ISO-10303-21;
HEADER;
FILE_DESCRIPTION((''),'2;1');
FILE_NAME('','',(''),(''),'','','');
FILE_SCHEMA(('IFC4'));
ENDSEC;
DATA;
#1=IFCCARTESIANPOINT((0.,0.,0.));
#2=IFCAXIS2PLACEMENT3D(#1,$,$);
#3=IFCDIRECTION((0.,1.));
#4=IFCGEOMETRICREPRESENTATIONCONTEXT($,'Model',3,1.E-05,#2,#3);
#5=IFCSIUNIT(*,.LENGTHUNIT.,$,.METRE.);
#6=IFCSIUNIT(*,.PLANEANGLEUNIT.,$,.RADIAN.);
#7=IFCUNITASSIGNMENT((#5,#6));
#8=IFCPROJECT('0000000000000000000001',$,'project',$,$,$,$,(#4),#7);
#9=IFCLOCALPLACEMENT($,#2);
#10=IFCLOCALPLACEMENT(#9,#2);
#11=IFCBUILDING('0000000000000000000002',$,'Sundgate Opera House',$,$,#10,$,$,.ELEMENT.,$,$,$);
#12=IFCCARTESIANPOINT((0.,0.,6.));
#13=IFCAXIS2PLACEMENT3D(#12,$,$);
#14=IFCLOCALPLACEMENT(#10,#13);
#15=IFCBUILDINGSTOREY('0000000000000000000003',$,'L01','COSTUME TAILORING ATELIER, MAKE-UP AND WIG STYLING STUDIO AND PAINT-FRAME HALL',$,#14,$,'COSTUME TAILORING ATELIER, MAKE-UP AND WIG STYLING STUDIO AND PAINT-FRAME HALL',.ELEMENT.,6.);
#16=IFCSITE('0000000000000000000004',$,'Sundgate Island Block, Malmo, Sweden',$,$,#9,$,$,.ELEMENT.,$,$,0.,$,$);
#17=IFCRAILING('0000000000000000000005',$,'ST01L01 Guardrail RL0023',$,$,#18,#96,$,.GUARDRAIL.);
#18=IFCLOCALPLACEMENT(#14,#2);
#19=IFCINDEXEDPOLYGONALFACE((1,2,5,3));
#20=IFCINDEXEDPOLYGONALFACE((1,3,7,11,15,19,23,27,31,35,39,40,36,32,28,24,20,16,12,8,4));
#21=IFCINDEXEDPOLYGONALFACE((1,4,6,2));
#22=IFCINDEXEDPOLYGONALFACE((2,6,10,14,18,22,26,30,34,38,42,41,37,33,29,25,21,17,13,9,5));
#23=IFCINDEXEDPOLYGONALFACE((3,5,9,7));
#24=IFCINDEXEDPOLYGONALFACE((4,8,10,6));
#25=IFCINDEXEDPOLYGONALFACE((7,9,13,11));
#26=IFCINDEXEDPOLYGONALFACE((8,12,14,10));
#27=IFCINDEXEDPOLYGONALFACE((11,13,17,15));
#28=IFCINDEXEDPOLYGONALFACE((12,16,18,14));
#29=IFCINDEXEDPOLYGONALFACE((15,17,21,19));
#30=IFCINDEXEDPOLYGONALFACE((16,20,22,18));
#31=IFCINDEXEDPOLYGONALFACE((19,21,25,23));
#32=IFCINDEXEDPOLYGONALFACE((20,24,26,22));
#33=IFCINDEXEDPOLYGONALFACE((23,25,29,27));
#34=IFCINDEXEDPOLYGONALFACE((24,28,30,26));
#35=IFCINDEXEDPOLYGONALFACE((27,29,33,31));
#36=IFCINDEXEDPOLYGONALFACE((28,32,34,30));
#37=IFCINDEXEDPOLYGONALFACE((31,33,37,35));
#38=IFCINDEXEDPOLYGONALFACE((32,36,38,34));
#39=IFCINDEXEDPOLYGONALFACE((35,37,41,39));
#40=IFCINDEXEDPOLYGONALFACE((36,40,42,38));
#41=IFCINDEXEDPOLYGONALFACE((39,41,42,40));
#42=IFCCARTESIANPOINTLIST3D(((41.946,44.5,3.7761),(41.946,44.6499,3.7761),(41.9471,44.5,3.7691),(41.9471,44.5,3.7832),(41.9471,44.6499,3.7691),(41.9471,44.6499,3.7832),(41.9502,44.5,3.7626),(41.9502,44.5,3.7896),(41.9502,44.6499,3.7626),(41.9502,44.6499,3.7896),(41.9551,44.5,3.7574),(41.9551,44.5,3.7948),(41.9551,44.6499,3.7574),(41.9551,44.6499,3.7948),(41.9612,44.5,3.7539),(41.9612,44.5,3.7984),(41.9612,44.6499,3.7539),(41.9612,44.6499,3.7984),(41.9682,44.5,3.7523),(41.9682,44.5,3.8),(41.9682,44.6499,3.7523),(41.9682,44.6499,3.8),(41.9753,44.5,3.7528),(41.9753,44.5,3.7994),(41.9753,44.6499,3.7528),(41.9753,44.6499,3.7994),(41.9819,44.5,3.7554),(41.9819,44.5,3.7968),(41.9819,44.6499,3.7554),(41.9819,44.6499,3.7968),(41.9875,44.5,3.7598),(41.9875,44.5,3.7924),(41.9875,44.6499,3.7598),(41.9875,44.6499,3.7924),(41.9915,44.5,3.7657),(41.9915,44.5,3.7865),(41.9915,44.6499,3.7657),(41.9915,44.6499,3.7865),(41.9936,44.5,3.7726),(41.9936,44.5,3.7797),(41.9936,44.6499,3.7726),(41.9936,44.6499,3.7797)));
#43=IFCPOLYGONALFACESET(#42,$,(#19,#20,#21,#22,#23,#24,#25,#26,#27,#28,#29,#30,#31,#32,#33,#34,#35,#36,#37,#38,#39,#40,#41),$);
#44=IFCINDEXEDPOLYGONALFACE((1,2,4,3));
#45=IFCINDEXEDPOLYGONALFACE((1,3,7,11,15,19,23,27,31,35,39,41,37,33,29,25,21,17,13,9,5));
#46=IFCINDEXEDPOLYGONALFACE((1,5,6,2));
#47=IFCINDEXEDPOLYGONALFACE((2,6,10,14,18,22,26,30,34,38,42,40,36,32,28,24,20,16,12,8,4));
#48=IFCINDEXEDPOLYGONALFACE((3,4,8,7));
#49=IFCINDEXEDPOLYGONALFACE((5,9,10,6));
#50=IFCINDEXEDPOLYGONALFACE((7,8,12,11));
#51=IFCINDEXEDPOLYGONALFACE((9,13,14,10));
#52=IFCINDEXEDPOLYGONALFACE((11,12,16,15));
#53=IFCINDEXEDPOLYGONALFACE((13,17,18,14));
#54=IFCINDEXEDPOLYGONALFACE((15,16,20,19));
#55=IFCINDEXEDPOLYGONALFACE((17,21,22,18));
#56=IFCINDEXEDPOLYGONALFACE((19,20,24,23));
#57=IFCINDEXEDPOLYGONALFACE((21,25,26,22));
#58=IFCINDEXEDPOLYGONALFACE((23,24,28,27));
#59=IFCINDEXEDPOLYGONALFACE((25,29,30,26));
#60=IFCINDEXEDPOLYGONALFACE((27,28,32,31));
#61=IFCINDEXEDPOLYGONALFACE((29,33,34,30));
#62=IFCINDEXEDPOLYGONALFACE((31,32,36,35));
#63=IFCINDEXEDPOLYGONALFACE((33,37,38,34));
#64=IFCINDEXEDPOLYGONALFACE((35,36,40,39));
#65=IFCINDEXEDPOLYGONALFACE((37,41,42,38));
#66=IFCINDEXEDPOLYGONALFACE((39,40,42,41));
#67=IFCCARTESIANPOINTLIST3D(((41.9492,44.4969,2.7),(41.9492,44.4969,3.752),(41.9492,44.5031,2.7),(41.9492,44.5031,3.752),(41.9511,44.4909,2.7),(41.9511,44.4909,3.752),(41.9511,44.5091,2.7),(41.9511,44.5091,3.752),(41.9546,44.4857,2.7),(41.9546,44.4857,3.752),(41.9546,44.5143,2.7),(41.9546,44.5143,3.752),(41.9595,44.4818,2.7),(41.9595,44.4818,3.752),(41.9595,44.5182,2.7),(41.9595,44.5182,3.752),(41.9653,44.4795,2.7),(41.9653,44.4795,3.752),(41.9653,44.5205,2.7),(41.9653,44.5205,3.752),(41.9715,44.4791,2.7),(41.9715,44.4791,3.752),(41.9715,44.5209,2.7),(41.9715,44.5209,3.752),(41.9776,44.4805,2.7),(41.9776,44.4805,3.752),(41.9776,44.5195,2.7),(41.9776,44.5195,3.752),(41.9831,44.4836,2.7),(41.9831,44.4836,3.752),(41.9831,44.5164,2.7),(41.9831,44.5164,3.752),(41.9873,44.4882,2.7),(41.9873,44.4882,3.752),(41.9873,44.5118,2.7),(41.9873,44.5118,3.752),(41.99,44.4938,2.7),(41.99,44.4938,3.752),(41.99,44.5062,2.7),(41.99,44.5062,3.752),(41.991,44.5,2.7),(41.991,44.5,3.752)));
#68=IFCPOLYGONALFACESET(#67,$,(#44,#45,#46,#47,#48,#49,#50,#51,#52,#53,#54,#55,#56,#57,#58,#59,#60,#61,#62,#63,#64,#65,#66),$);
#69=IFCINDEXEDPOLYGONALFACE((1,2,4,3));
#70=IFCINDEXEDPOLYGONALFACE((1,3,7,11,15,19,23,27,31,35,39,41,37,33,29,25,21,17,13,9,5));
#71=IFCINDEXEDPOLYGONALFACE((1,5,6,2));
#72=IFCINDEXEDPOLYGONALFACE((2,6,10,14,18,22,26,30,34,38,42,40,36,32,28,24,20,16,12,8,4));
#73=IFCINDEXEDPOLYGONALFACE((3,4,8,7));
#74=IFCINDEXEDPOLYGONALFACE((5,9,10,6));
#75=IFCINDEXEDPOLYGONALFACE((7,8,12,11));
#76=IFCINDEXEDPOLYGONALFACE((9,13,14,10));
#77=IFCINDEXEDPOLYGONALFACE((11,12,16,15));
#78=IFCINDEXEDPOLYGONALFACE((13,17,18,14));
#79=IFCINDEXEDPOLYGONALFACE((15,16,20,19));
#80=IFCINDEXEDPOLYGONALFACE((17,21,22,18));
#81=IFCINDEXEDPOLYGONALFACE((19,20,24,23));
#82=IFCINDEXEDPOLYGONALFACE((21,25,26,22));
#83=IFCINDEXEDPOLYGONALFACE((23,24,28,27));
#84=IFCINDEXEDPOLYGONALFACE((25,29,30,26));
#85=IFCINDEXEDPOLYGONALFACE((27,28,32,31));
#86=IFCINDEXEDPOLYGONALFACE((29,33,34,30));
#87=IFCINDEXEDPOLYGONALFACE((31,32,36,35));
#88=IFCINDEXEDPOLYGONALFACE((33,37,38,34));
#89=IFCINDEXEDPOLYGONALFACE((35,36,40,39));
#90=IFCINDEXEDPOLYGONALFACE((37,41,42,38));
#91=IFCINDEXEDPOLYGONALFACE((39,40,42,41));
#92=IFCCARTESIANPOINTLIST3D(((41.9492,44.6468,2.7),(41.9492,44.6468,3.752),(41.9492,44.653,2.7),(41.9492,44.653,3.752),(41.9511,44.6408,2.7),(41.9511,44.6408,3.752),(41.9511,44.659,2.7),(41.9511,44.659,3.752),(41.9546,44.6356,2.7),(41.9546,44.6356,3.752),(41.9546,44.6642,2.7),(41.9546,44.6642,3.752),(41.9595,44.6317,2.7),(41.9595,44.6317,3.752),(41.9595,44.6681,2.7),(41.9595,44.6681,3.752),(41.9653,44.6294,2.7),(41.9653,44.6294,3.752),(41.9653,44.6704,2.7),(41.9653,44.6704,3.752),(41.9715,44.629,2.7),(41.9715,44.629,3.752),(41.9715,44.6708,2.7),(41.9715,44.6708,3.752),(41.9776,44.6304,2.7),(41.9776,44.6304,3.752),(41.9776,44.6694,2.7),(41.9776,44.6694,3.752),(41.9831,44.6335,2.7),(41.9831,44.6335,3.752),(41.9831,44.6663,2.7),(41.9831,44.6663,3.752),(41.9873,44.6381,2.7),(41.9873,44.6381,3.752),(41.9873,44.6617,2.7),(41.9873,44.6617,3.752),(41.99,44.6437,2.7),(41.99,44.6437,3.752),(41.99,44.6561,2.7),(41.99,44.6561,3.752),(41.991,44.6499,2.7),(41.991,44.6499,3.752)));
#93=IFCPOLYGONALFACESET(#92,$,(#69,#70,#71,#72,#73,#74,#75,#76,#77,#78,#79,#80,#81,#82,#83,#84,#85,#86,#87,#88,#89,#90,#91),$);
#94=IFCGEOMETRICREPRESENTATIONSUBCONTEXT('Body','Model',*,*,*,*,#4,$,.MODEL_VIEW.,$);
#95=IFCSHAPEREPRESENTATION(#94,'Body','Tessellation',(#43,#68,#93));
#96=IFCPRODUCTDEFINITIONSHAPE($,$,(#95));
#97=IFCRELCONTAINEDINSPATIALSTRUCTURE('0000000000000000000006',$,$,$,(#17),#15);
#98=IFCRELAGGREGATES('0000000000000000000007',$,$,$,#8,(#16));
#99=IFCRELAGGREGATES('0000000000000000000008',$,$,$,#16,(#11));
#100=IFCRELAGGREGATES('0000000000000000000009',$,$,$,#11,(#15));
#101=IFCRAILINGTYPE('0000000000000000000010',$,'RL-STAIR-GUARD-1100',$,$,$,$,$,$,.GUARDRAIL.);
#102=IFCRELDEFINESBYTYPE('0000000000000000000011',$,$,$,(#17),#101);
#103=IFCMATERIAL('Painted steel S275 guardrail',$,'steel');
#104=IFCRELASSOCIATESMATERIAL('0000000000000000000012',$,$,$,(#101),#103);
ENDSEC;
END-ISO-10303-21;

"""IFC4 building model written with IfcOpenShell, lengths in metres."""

from ifc_helpers import new_model, si_unit, direction, frame, origin, origin_2d, place, context, subcontext, project, spatial, circle, extrude, material, type_object, element, save


model = new_model("IFC4")

# Units and contexts
model_context = context("Model", 3, precision=1e-05, world=origin(), true_north=direction((0.0, 1.0)))
body_context = subcontext(model_context, "Body", "Model", "MODEL_VIEW")
ifc_project = project(units=[si_unit("LENGTHUNIT", "METRE"), si_unit("PLANEANGLEUNIT", "RADIAN")], contexts=[model_context])

# Site, building, storey
site_placement = place(None, origin())
site = spatial("IfcSite", under=ifc_project, at=site_placement, Name="Sundgate Island Block, Malmo, Sweden", CompositionType="ELEMENT", RefElevation=0.0)
building_placement = place(site_placement, origin())
building = spatial("IfcBuilding", under=site, at=building_placement, Name="Sundgate Opera House", CompositionType="ELEMENT")
storey_placement = place(building_placement, frame((0.0, 0.0, 6.0)))
storey = spatial("IfcBuildingStorey", under=building, at=storey_placement, Name="L01", Description="COSTUME TAILORING ATELIER, MAKE-UP AND WIG STYLING STUDIO AND PAINT-FRAME HALL", LongName="COSTUME TAILORING ATELIER, MAKE-UP AND WIG STYLING STUDIO AND PAINT-FRAME HALL", CompositionType="ELEMENT", Elevation=6.0)

# Railing
ifc_material_1 = material(Name="Painted steel S275 guardrail", Category="steel")
railing_type_1 = type_object("IfcRailingType", Name="RL-STAIR-GUARD-1100", PredefinedType="GUARDRAIL", material=ifc_material_1)
railing_1_placement = place(storey_placement, frame((41.97, 44.5, 2.7)))
element("IfcRailing", 1, at=railing_1_placement, inside=storey, type_object=railing_type_1, Name="ST01L01 Guardrail RL0023", PredefinedType="GUARDRAIL", context=body_context, shape_type="SweptSolid", body=[
    extrude(circle(Radius=0.0239, at=origin_2d()), frame((0.0, 0.0, 1.0762), z_axis=(0.0, 1.0, 0.0), x_axis=(-1.0, 0.0, 0.0)), (0.0, 0.0, 1.0), 0.1499),
    extrude(circle(Radius=0.021, at=origin_2d()), origin(), (0.0, 0.0, 1.0), 1.052),
    extrude(circle(Radius=0.021, at=origin_2d()), frame((0.0, 0.1499, 0.0)), (0.0, 0.0, 1.0), 1.052),
])

save(model, "model.ifc")
